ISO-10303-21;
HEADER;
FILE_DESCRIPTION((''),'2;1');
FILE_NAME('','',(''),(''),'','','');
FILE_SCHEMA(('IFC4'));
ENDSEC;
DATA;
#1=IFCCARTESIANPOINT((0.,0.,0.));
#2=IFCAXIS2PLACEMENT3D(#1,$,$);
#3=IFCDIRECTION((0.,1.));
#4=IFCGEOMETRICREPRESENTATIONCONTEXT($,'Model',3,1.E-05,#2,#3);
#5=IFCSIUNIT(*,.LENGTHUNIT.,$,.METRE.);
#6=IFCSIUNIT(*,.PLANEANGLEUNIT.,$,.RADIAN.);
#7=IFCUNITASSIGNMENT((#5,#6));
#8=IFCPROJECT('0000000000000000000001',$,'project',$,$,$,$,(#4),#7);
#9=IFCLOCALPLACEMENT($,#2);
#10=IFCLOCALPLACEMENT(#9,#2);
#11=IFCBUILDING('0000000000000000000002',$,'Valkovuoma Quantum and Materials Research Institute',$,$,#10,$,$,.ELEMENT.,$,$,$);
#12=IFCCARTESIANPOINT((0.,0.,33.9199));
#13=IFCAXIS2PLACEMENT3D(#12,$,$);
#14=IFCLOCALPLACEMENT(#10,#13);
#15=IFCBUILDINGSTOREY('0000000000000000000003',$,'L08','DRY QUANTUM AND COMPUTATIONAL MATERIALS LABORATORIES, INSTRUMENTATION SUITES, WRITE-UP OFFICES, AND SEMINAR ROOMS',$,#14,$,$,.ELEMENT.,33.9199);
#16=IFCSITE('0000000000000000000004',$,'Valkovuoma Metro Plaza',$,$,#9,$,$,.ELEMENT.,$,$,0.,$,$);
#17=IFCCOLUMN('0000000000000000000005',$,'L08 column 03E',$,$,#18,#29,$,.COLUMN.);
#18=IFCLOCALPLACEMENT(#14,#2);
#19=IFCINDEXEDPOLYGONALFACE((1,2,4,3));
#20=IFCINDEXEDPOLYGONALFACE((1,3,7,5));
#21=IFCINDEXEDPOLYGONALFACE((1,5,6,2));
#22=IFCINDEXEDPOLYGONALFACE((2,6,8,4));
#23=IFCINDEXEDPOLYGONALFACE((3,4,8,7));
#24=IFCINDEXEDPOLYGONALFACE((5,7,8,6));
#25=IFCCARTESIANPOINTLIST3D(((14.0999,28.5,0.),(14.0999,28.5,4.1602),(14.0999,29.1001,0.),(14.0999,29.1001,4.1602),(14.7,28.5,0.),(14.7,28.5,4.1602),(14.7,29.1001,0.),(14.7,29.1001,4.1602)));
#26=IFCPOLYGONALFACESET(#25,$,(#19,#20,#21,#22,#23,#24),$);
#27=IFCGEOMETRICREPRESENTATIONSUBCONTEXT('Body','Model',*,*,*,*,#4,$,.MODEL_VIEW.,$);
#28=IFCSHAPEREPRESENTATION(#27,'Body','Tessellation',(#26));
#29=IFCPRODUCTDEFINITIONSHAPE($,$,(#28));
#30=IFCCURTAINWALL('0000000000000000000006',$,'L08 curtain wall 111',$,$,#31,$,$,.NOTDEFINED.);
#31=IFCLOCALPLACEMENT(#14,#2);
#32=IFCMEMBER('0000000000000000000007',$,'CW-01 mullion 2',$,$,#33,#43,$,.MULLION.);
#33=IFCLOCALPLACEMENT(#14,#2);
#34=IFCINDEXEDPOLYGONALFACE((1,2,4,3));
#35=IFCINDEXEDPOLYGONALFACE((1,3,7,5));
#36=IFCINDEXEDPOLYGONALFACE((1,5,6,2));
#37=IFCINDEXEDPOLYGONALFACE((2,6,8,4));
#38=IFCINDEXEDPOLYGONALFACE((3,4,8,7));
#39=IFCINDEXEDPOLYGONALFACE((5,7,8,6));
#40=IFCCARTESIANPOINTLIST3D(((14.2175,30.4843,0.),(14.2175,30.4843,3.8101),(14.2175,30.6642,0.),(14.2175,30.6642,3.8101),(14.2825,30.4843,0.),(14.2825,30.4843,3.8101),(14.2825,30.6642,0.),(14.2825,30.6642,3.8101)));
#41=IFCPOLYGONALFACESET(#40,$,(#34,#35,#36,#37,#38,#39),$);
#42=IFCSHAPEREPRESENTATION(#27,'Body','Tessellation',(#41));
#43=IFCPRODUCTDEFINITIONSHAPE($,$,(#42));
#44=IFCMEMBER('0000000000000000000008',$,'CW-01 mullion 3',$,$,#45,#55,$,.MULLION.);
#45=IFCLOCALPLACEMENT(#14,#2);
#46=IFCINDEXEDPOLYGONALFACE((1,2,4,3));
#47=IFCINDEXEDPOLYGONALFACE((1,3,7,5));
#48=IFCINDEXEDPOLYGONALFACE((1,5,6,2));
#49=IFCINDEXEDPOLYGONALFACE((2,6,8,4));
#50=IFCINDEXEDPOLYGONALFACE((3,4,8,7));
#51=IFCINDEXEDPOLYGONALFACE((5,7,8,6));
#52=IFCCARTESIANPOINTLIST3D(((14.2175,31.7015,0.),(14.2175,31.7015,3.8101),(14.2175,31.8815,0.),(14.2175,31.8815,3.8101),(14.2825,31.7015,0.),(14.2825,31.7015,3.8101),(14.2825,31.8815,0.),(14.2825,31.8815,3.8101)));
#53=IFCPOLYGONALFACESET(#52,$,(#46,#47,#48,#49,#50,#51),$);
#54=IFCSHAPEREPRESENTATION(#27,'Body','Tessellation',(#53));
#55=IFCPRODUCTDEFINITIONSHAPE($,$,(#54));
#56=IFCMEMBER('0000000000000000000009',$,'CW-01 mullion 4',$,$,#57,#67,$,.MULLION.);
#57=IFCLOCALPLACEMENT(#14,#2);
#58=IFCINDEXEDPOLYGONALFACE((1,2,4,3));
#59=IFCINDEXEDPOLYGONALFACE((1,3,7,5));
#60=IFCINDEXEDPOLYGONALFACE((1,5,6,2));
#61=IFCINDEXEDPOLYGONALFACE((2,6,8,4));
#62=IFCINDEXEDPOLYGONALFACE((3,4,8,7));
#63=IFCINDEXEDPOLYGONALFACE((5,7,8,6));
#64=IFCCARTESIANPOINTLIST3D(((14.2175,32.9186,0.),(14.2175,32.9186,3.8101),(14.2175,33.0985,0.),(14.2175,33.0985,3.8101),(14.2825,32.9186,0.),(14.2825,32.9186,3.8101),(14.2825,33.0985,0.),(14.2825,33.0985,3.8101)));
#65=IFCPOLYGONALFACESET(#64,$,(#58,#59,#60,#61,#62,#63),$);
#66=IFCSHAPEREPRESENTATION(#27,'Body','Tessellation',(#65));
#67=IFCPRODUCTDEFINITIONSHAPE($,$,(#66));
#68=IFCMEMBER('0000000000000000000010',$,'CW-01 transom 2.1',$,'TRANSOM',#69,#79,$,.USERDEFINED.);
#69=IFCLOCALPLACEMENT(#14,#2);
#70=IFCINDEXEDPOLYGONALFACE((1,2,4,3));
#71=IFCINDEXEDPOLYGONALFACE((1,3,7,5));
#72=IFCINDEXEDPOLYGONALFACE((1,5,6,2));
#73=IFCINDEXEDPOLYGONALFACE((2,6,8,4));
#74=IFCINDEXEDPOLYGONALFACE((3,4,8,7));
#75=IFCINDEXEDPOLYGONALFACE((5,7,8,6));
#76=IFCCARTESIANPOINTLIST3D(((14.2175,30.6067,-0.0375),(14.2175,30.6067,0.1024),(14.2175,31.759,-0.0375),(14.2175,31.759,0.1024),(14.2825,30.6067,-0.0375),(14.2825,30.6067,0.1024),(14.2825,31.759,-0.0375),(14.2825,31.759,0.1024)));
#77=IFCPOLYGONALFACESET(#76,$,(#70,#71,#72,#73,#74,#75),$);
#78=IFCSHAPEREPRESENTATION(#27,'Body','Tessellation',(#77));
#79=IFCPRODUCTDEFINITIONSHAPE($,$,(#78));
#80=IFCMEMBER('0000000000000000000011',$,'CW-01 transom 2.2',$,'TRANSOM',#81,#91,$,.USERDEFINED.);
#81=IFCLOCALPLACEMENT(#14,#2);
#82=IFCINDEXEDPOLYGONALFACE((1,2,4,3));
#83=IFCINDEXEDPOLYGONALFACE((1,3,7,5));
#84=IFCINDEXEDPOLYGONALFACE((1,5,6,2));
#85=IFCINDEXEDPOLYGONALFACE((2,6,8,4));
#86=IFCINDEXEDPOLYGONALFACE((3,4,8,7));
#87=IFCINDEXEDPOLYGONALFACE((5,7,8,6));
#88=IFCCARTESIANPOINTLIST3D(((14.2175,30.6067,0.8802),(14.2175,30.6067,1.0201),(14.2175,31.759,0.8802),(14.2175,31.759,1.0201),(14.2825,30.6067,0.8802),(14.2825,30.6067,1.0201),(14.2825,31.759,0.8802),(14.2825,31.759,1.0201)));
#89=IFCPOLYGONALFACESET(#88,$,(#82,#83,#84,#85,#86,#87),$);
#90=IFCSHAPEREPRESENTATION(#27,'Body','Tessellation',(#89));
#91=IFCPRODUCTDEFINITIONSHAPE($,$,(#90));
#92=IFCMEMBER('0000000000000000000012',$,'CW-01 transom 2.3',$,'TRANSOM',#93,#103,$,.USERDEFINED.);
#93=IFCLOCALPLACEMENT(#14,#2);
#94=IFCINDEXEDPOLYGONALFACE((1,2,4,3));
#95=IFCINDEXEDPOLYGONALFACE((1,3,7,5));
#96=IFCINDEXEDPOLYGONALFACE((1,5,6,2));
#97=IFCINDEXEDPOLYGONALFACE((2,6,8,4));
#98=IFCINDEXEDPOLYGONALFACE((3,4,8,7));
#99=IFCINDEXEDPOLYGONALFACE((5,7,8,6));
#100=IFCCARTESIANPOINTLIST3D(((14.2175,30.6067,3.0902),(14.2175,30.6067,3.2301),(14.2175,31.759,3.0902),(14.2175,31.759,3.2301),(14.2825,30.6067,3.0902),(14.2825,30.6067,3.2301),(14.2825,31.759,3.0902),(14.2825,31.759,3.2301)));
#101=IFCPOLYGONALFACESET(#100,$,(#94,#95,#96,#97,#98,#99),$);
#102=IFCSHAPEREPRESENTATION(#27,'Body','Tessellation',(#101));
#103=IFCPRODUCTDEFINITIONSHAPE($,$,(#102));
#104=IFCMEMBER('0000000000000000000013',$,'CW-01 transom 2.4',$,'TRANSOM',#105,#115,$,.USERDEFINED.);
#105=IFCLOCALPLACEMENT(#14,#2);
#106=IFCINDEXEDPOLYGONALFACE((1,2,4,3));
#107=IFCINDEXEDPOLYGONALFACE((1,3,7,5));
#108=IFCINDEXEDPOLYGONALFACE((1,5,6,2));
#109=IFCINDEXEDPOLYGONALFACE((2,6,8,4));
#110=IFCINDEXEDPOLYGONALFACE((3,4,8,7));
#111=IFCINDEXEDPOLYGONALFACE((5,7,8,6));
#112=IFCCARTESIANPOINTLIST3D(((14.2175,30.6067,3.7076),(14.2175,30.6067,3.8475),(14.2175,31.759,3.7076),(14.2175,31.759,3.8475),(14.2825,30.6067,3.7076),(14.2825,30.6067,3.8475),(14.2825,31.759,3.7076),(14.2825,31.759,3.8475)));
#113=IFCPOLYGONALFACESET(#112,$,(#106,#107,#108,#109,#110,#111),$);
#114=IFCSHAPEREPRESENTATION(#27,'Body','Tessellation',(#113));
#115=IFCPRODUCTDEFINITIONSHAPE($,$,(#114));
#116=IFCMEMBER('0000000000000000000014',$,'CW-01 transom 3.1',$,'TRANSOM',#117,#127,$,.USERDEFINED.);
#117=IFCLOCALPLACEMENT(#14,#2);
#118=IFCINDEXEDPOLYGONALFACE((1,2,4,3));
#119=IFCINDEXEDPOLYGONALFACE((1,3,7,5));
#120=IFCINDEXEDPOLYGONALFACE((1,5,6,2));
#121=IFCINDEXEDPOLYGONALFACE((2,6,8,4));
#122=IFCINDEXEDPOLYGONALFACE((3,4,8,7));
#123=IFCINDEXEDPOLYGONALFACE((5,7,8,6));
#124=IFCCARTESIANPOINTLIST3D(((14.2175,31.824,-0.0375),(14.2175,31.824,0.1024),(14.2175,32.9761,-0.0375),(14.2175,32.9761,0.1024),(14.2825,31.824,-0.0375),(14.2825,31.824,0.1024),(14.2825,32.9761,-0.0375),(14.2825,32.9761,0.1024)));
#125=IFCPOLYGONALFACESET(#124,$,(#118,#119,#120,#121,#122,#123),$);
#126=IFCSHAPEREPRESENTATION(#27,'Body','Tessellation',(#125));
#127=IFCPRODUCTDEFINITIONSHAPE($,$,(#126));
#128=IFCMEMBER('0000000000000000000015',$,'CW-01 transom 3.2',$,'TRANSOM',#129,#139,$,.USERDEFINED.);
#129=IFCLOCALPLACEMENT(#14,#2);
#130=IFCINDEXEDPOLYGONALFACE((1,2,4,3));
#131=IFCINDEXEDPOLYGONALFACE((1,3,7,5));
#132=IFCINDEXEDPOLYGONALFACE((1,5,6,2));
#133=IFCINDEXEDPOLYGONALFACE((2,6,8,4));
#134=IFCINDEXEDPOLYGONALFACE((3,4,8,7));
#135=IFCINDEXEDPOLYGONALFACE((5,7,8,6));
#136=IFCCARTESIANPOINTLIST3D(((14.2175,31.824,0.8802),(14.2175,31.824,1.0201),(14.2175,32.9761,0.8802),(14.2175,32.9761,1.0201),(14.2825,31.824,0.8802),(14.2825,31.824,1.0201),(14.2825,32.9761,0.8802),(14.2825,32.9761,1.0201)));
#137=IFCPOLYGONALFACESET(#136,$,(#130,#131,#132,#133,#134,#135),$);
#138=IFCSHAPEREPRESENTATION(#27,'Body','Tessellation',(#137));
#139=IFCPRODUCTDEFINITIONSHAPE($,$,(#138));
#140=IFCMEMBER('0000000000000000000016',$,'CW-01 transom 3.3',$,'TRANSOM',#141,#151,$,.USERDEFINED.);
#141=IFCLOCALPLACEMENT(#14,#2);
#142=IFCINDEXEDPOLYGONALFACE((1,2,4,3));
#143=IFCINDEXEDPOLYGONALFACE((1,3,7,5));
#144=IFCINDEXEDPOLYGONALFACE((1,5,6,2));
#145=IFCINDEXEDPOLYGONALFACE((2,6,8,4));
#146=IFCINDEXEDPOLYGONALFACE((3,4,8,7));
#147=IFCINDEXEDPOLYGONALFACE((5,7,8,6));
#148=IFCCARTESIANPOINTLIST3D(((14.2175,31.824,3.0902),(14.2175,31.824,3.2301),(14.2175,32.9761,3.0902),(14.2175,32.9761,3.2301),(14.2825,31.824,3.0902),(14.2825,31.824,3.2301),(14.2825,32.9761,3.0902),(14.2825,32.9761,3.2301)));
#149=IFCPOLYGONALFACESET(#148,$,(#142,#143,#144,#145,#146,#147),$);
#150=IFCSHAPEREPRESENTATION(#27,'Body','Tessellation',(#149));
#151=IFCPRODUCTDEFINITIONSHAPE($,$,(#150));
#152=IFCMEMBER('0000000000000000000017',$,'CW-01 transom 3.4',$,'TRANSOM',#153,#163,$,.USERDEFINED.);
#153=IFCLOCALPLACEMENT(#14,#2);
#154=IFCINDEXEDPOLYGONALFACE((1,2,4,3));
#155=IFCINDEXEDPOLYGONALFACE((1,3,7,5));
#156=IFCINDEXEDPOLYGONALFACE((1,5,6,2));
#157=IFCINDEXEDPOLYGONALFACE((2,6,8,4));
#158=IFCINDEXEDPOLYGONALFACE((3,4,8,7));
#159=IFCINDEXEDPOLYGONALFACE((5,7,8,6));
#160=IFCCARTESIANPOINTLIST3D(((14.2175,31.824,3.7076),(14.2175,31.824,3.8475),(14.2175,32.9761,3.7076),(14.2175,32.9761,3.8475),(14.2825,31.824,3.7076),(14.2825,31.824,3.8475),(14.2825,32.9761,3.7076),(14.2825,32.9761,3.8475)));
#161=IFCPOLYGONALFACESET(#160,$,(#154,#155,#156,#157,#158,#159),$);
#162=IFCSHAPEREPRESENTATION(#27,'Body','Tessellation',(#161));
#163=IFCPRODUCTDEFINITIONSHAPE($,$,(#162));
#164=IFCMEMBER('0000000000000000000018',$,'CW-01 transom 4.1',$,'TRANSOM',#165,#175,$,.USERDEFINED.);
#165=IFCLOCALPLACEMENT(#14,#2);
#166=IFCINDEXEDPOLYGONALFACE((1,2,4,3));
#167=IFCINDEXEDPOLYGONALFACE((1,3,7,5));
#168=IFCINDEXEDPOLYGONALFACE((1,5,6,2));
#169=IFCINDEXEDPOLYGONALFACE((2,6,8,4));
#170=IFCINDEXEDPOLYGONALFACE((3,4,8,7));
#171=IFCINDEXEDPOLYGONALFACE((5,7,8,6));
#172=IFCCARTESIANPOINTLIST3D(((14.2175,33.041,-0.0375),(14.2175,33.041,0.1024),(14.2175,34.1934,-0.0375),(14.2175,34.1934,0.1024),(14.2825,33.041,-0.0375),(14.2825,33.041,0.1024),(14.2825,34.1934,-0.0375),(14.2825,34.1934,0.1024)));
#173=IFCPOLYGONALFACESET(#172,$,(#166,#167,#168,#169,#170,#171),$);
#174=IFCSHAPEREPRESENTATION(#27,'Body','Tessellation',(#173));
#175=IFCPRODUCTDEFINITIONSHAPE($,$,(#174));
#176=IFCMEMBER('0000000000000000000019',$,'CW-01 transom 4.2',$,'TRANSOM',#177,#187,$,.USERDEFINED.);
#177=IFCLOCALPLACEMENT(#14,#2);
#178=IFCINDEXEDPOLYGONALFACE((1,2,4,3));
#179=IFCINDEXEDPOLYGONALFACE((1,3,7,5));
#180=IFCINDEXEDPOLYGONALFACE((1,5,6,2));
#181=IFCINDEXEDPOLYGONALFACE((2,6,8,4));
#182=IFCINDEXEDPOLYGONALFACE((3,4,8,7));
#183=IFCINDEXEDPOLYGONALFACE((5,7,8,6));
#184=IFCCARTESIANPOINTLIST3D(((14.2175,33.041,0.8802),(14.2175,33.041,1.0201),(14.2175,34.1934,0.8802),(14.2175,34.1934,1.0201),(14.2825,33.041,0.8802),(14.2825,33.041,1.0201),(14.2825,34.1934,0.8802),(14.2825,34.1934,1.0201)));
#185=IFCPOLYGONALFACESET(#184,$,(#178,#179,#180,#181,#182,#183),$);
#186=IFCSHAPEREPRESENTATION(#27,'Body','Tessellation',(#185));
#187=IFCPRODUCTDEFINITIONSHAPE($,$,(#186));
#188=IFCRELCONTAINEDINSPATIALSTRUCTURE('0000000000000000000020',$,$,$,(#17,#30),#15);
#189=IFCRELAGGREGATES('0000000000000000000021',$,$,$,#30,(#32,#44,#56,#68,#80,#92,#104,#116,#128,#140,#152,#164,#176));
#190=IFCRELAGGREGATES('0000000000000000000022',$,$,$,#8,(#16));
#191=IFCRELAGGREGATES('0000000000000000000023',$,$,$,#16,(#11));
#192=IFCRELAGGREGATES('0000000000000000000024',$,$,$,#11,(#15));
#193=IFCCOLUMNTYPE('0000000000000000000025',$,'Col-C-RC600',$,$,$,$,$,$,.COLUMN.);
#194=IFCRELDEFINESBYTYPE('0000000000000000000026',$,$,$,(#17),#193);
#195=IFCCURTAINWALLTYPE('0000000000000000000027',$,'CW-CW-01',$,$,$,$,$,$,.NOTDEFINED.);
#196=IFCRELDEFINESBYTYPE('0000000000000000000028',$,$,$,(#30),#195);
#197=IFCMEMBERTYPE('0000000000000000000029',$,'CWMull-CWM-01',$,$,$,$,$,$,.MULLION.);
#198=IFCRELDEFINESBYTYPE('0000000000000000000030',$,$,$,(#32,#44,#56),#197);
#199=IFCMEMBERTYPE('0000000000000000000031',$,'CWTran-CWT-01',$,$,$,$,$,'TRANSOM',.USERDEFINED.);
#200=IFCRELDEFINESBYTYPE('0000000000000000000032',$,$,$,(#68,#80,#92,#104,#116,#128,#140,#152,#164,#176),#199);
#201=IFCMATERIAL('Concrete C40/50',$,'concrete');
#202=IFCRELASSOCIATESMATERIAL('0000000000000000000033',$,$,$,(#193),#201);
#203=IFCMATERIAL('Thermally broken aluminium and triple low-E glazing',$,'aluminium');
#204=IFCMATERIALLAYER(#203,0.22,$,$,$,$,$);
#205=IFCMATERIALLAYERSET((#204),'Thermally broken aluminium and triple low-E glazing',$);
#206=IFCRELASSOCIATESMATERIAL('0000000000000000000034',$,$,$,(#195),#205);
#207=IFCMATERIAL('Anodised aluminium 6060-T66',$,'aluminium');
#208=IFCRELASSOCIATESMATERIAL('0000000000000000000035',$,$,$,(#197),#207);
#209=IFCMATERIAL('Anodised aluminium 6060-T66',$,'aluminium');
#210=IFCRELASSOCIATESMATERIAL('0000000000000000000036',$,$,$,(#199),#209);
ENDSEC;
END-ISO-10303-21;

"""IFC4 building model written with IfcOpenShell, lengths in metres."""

from ifc_helpers import new_model, si_unit, direction, frame, origin, origin_2d, place, context, subcontext, project, spatial, rectangle, extrude, material, layer, layer_set, material_profile, profile_set, type_object, element, aggregate, save


model = new_model("IFC4")

# Units and contexts
model_context = context("Model", 3, precision=1e-05, world=origin(), true_north=direction((0.0, 1.0)))
body_context = subcontext(model_context, "Body", "Model", "MODEL_VIEW")
ifc_project = project(units=[si_unit("LENGTHUNIT", "METRE"), si_unit("PLANEANGLEUNIT", "RADIAN")], contexts=[model_context])

# Site, building, storey
site_placement = place(None, origin())
site = spatial("IfcSite", under=ifc_project, at=site_placement, Name="Valkovuoma Metro Plaza", CompositionType="ELEMENT", RefElevation=0.0)
building_placement = place(site_placement, origin())
building = spatial("IfcBuilding", under=site, at=building_placement, Name="Valkovuoma Quantum and Materials Research Institute", CompositionType="ELEMENT")
storey_placement = place(building_placement, frame((0.0, 0.0, 33.9199)))
storey = spatial("IfcBuildingStorey", under=building, at=storey_placement, Name="L08", Description="DRY QUANTUM AND COMPUTATIONAL MATERIALS LABORATORIES, INSTRUMENTATION SUITES, WRITE-UP OFFICES, AND SEMINAR ROOMS", CompositionType="ELEMENT", Elevation=33.9199)

# Column
ifc_material_1 = material(Name="Concrete C40/50", Category="concrete")
ifc_material_profile_1 = material_profile(ifc_material_1, rectangle(XDim=0.6001, YDim=0.6001, at=origin_2d()), Name="Concrete C40/50")
ifc_profile_set_1 = profile_set([ifc_material_profile_1], Name="Concrete C40/50")
column_type = type_object("IfcColumnType", Name="Col-C-RC600", PredefinedType="COLUMN", material=ifc_profile_set_1)
column_placement = place(storey_placement, frame((14.3999, 28.8, 0.0), z_axis=(0.0, 0.0, 1.0), x_axis=(1.0, 0.0, 0.0)))
element("IfcColumn", 1, at=column_placement, inside=storey, type_object=column_type, Name="L08 column 03E", PredefinedType="COLUMN", context=body_context, shape_type="SweptSolid", body=[
    extrude(rectangle(XDim=0.6001, YDim=0.6001, at=origin_2d()), origin(), (0.0, 0.0, 1.0), 4.1602),
])

# Curtain wall, members
ifc_material_2 = material(Name="Thermally broken aluminium and triple low-E glazing", Category="aluminium")
ifc_layer_1 = layer(ifc_material_2, 0.22)
ifc_layer_set_1 = layer_set([ifc_layer_1], Name="Thermally broken aluminium and triple low-E glazing")
curtain_wall_type = type_object("IfcCurtainWallType", Name="CW-CW-01", PredefinedType="NOTDEFINED", material=ifc_layer_set_1)
curtain_wall_placement = place(storey_placement, origin())
curtain_wall = element("IfcCurtainWall", 2, at=curtain_wall_placement, inside=storey, type_object=curtain_wall_type, Name="L08 curtain wall 111", PredefinedType="NOTDEFINED")
ifc_material_3 = material(Name="Anodised aluminium 6060-T66", Category="aluminium")
ifc_material_profile_2 = material_profile(ifc_material_3, rectangle(XDim=0.0649, YDim=0.1799, at=origin_2d()), Name="Anodised aluminium 6060-T66")
ifc_profile_set_2 = profile_set([ifc_material_profile_2], Name="Anodised aluminium 6060-T66")
member_type_1 = type_object("IfcMemberType", Name="CWMull-CWM-01", PredefinedType="MULLION", material=ifc_profile_set_2)
member_1_placement = place(storey_placement, frame((14.25, 30.5742, 0.0), z_axis=(0.0, 0.0, 1.0), x_axis=(-1.0, 0.0, 0.0)))
member_1 = element("IfcMember", 3, at=member_1_placement, type_object=member_type_1, Name="CW-01 mullion 2", PredefinedType="MULLION", context=body_context, shape_type="SweptSolid", body=[
    extrude(rectangle(XDim=0.0649, YDim=0.1799, at=origin_2d()), origin(), (0.0, 0.0, 1.0), 3.8101),
])
member_2_placement = place(storey_placement, frame((14.25, 31.7915, 0.0), z_axis=(0.0, 0.0, 1.0), x_axis=(-1.0, 0.0, 0.0)))
member_2 = element("IfcMember", 4, at=member_2_placement, type_object=member_type_1, Name="CW-01 mullion 3", PredefinedType="MULLION", context=body_context, shape_type="SweptSolid", body=[
    extrude(rectangle(XDim=0.0649, YDim=0.1799, at=origin_2d()), origin(), (0.0, 0.0, 1.0), 3.8101),
])
member_3_placement = place(storey_placement, frame((14.25, 33.0085, 0.0), z_axis=(0.0, 0.0, 1.0), x_axis=(-1.0, 0.0, 0.0)))
member_3 = element("IfcMember", 5, at=member_3_placement, type_object=member_type_1, Name="CW-01 mullion 4", PredefinedType="MULLION", context=body_context, shape_type="SweptSolid", body=[
    extrude(rectangle(XDim=0.0649, YDim=0.1799, at=origin_2d()), origin(), (0.0, 0.0, 1.0), 3.8101),
])
ifc_material_4 = material(Name="Anodised aluminium 6060-T66", Category="aluminium")
ifc_material_profile_3 = material_profile(ifc_material_4, rectangle(XDim=0.0649, YDim=0.1399, at=origin_2d()), Name="Anodised aluminium 6060-T66")
ifc_profile_set_3 = profile_set([ifc_material_profile_3], Name="Anodised aluminium 6060-T66")
member_type_2 = type_object("IfcMemberType", Name="CWTran-CWT-01", ElementType="TRANSOM", PredefinedType="USERDEFINED", material=ifc_profile_set_3)
member_4_placement = place(storey_placement, frame((14.25, 30.6067, 0.0325), z_axis=(0.0, 1.0, 0.0), x_axis=(-1.0, 0.0, 0.0)))
member_4 = element("IfcMember", 6, at=member_4_placement, type_object=member_type_2, Name="CW-01 transom 2.1", ObjectType="TRANSOM", PredefinedType="USERDEFINED", context=body_context, shape_type="SweptSolid", body=[
    extrude(rectangle(XDim=0.0649, YDim=0.1399, at=origin_2d()), origin(), (0.0, 0.0, 1.0), 1.1523),
])
member_5_placement = place(storey_placement, frame((14.25, 30.6067, 0.9502), z_axis=(0.0, 1.0, 0.0), x_axis=(-1.0, 0.0, 0.0)))
member_5 = element("IfcMember", 7, at=member_5_placement, type_object=member_type_2, Name="CW-01 transom 2.2", ObjectType="TRANSOM", PredefinedType="USERDEFINED", context=body_context, shape_type="SweptSolid", body=[
    extrude(rectangle(XDim=0.0649, YDim=0.1399, at=origin_2d()), origin(), (0.0, 0.0, 1.0), 1.1523),
])
member_6_placement = place(storey_placement, frame((14.25, 30.6067, 3.1602), z_axis=(0.0, 1.0, 0.0), x_axis=(-1.0, 0.0, 0.0)))
member_6 = element("IfcMember", 8, at=member_6_placement, type_object=member_type_2, Name="CW-01 transom 2.3", ObjectType="TRANSOM", PredefinedType="USERDEFINED", context=body_context, shape_type="SweptSolid", body=[
    extrude(rectangle(XDim=0.0649, YDim=0.1399, at=origin_2d()), origin(), (0.0, 0.0, 1.0), 1.1523),
])
member_7_placement = place(storey_placement, frame((14.25, 30.6067, 3.7776), z_axis=(0.0, 1.0, 0.0), x_axis=(-1.0, 0.0, 0.0)))
member_7 = element("IfcMember", 9, at=member_7_placement, type_object=member_type_2, Name="CW-01 transom 2.4", ObjectType="TRANSOM", PredefinedType="USERDEFINED", context=body_context, shape_type="SweptSolid", body=[
    extrude(rectangle(XDim=0.0649, YDim=0.1399, at=origin_2d()), origin(), (0.0, 0.0, 1.0), 1.1523),
])
member_8_placement = place(storey_placement, frame((14.25, 31.824, 0.0325), z_axis=(0.0, 1.0, 0.0), x_axis=(-1.0, 0.0, 0.0)))
member_8 = element("IfcMember", 10, at=member_8_placement, type_object=member_type_2, Name="CW-01 transom 3.1", ObjectType="TRANSOM", PredefinedType="USERDEFINED", context=body_context, shape_type="SweptSolid", body=[
    extrude(rectangle(XDim=0.0649, YDim=0.1399, at=origin_2d()), origin(), (0.0, 0.0, 1.0), 1.1521),
])
member_9_placement = place(storey_placement, frame((14.25, 31.824, 0.9502), z_axis=(0.0, 1.0, 0.0), x_axis=(-1.0, 0.0, 0.0)))
member_9 = element("IfcMember", 11, at=member_9_placement, type_object=member_type_2, Name="CW-01 transom 3.2", ObjectType="TRANSOM", PredefinedType="USERDEFINED", context=body_context, shape_type="SweptSolid", body=[
    extrude(rectangle(XDim=0.0649, YDim=0.1399, at=origin_2d()), origin(), (0.0, 0.0, 1.0), 1.1521),
])
member_10_placement = place(storey_placement, frame((14.25, 31.824, 3.1602), z_axis=(0.0, 1.0, 0.0), x_axis=(-1.0, 0.0, 0.0)))
member_10 = element("IfcMember", 12, at=member_10_placement, type_object=member_type_2, Name="CW-01 transom 3.3", ObjectType="TRANSOM", PredefinedType="USERDEFINED", context=body_context, shape_type="SweptSolid", body=[
    extrude(rectangle(XDim=0.0649, YDim=0.1399, at=origin_2d()), origin(), (0.0, 0.0, 1.0), 1.1521),
])
member_11_placement = place(storey_placement, frame((14.25, 31.824, 3.7776), z_axis=(0.0, 1.0, 0.0), x_axis=(-1.0, 0.0, 0.0)))
member_11 = element("IfcMember", 13, at=member_11_placement, type_object=member_type_2, Name="CW-01 transom 3.4", ObjectType="TRANSOM", PredefinedType="USERDEFINED", context=body_context, shape_type="SweptSolid", body=[
    extrude(rectangle(XDim=0.0649, YDim=0.1399, at=origin_2d()), origin(), (0.0, 0.0, 1.0), 1.1521),
])
member_12_placement = place(storey_placement, frame((14.25, 33.041, 0.0325), z_axis=(0.0, 1.0, 0.0), x_axis=(-1.0, 0.0, 0.0)))
member_12 = element("IfcMember", 14, at=member_12_placement, type_object=member_type_2, Name="CW-01 transom 4.1", ObjectType="TRANSOM", PredefinedType="USERDEFINED", context=body_context, shape_type="SweptSolid", body=[
    extrude(rectangle(XDim=0.0649, YDim=0.1399, at=origin_2d()), origin(), (0.0, 0.0, 1.0), 1.1523),
])
member_13_placement = place(storey_placement, frame((14.25, 33.041, 0.9502), z_axis=(0.0, 1.0, 0.0), x_axis=(-1.0, 0.0, 0.0)))
member_13 = element("IfcMember", 15, at=member_13_placement, type_object=member_type_2, Name="CW-01 transom 4.2", ObjectType="TRANSOM", PredefinedType="USERDEFINED", context=body_context, shape_type="SweptSolid", body=[
    extrude(rectangle(XDim=0.0649, YDim=0.1399, at=origin_2d()), origin(), (0.0, 0.0, 1.0), 1.1523),
])

aggregate(curtain_wall, [member_1, member_2, member_3, member_4, member_5, member_6, member_7, member_8, member_9, member_10, member_11, member_12, member_13])

save(model, "model.ifc")
